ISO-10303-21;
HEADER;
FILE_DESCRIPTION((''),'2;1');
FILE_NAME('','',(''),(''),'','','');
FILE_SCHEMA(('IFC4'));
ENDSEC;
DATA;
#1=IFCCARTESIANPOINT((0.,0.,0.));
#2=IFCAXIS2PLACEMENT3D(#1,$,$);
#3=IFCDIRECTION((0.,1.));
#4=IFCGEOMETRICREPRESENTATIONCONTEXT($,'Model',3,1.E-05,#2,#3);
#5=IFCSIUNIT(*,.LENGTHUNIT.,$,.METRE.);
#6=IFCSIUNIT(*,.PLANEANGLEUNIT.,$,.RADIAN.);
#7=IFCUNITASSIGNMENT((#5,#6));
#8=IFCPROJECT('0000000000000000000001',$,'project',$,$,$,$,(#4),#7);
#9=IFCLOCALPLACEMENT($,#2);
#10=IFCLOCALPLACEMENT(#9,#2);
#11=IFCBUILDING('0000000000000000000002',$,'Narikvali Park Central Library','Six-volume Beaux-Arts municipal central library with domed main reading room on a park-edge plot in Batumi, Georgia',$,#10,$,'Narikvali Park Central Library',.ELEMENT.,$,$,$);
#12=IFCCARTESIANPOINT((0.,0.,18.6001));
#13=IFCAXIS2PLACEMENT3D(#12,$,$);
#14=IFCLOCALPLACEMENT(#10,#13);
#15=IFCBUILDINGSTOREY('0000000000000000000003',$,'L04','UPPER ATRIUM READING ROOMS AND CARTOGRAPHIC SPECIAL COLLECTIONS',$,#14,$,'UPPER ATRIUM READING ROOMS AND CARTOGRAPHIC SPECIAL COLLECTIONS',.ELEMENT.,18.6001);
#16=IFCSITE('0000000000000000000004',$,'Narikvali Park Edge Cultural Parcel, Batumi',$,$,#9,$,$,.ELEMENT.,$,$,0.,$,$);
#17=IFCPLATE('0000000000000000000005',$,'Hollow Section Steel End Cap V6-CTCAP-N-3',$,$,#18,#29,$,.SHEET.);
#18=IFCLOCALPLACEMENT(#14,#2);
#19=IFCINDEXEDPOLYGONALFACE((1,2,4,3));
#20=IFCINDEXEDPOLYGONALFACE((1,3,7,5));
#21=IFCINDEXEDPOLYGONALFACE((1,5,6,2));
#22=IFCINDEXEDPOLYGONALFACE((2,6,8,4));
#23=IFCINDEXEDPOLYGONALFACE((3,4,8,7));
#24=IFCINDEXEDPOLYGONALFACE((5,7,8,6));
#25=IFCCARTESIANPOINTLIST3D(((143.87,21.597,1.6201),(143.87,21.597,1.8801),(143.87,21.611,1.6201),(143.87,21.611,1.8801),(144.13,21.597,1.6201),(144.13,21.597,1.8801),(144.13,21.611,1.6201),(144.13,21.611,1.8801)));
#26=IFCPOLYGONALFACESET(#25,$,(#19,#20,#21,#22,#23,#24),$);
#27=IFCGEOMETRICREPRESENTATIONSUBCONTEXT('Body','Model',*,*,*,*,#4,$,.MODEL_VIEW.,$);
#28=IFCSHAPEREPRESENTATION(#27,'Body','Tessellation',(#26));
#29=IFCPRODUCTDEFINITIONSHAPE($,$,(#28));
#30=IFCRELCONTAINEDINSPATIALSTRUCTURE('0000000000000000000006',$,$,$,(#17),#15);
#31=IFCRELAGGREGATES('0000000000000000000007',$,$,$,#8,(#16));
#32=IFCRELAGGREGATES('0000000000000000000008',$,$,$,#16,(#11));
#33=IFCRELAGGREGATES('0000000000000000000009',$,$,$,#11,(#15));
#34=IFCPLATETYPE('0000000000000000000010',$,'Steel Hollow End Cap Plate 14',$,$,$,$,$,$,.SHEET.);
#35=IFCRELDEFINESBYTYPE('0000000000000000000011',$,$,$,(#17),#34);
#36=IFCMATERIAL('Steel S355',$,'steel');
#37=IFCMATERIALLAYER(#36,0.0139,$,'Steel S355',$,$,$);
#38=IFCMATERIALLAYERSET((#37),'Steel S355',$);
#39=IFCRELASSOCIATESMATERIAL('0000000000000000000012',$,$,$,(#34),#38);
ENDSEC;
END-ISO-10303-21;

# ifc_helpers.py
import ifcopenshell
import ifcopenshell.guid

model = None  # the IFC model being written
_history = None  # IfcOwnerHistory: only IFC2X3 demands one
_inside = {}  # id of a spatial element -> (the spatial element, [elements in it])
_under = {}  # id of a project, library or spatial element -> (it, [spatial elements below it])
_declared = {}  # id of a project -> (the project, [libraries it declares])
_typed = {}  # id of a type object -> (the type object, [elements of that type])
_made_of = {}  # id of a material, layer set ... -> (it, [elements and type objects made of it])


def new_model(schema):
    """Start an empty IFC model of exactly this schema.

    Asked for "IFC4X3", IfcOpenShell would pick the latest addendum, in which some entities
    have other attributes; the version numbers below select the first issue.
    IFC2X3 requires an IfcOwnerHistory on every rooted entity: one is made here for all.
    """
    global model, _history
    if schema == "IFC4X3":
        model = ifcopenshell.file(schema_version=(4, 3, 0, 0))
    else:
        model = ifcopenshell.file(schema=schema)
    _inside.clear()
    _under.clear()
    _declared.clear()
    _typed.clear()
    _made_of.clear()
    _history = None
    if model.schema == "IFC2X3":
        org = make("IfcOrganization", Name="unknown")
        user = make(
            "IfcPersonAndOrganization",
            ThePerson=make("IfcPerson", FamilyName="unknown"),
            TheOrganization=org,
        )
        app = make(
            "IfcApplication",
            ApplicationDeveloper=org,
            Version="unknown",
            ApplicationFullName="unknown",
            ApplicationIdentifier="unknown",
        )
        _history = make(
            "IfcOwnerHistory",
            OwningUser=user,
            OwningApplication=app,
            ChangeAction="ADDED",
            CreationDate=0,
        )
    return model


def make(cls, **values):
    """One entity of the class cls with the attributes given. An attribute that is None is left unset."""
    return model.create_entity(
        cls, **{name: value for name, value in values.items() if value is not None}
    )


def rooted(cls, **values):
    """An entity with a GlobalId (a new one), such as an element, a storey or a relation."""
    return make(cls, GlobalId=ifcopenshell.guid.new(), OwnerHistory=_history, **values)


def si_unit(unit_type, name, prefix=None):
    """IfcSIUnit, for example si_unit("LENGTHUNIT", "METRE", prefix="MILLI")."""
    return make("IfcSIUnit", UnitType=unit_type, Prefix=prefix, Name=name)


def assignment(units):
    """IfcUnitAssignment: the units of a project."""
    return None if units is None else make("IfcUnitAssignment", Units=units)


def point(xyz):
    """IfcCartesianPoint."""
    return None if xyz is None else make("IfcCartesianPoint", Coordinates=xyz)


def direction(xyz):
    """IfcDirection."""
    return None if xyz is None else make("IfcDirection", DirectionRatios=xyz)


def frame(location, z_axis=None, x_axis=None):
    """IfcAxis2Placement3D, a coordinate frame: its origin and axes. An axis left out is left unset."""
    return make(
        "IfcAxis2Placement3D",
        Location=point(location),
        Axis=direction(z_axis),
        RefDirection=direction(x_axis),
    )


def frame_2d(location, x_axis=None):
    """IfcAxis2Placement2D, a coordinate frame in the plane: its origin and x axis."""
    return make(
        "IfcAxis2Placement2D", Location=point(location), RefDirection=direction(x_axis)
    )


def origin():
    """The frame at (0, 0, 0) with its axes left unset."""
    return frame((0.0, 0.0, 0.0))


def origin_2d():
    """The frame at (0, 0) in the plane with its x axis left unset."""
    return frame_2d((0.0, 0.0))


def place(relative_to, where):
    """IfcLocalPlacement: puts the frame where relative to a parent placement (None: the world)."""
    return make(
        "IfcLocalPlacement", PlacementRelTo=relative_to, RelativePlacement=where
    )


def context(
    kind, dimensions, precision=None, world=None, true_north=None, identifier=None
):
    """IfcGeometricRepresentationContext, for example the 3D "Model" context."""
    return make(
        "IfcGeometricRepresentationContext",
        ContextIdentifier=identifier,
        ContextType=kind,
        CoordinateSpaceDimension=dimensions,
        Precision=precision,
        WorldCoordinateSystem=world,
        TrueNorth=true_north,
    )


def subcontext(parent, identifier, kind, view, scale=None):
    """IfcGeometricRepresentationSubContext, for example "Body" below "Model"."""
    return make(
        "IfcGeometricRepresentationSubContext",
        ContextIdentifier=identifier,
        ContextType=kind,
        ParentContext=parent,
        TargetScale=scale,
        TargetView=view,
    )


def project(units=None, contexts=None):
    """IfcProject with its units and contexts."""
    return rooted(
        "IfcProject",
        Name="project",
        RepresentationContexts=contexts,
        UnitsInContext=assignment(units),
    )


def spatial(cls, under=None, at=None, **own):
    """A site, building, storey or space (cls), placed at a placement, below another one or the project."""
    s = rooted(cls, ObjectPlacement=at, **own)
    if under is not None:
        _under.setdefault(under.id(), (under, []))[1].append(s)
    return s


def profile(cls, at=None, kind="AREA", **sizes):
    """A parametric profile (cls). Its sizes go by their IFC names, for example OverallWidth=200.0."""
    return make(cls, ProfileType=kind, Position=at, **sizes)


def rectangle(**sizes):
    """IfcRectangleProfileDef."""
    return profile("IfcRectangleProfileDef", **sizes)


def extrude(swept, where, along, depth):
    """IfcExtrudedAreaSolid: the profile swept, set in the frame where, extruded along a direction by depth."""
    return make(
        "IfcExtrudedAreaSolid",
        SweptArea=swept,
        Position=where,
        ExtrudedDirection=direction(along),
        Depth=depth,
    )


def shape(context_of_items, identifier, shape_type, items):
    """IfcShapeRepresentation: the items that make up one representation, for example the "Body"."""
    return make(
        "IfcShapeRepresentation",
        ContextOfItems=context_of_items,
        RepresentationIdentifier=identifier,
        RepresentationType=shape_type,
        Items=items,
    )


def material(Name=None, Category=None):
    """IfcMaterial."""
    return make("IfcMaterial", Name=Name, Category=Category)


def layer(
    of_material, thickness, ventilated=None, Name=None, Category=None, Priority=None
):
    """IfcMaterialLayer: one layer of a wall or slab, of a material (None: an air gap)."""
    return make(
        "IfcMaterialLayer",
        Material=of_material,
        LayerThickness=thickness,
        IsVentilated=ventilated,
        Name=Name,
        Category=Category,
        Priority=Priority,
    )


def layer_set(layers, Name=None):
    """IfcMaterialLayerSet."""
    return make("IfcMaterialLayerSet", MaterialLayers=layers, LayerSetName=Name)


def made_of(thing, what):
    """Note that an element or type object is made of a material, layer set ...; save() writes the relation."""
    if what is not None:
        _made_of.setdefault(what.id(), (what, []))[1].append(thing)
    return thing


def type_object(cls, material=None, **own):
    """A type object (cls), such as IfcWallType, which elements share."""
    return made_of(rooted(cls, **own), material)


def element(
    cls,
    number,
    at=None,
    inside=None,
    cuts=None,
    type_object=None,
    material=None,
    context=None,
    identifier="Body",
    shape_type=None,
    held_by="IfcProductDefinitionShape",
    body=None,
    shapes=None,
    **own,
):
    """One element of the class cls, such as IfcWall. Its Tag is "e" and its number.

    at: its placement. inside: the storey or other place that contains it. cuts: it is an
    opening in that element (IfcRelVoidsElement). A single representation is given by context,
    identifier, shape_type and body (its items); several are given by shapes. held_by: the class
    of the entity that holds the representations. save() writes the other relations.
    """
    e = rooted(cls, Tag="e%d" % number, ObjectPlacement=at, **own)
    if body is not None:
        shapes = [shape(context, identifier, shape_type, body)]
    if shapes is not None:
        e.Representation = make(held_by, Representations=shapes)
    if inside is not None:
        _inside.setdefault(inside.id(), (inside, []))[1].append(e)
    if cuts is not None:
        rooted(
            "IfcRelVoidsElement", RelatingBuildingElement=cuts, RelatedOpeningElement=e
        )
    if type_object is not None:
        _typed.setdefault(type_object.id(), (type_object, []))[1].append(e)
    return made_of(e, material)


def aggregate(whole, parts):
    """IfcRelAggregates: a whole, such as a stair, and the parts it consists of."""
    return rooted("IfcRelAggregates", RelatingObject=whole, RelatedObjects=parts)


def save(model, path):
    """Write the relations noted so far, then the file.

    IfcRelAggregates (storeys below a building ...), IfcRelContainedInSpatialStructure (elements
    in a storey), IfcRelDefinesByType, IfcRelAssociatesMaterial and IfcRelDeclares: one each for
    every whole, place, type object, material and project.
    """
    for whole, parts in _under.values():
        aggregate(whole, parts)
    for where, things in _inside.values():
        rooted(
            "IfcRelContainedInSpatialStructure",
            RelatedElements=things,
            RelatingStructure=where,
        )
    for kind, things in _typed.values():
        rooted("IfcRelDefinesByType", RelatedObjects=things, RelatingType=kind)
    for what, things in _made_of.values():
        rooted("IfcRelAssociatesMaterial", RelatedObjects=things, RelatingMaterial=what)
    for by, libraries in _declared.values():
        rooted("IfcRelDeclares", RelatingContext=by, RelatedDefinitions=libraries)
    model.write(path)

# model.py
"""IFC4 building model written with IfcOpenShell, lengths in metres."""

from ifc_helpers import new_model, si_unit, direction, frame, origin, origin_2d, place, context, subcontext, project, spatial, rectangle, extrude, material, layer, layer_set, type_object, element, save


model = new_model("IFC4")

# Units and contexts
model_context = context("Model", 3, precision=1e-05, world=origin(), true_north=direction((0.0, 1.0)))
body_context = subcontext(model_context, "Body", "Model", "MODEL_VIEW")
ifc_project = project(units=[si_unit("LENGTHUNIT", "METRE"), si_unit("PLANEANGLEUNIT", "RADIAN")], contexts=[model_context])

# Site, building, storey
site_placement = place(None, origin())
site = spatial("IfcSite", under=ifc_project, at=site_placement, Name="Narikvali Park Edge Cultural Parcel, Batumi", CompositionType="ELEMENT", RefElevation=0.0)
building_placement = place(site_placement, origin())
building = spatial("IfcBuilding", under=site, at=building_placement, Name="Narikvali Park Central Library", Description="Six-volume Beaux-Arts municipal central library with domed main reading room on a park-edge plot in Batumi, Georgia", LongName="Narikvali Park Central Library", CompositionType="ELEMENT")
storey_placement = place(building_placement, frame((0.0, 0.0, 18.6001)))
storey = spatial("IfcBuildingStorey", under=building, at=storey_placement, Name="L04", Description="UPPER ATRIUM READING ROOMS AND CARTOGRAPHIC SPECIAL COLLECTIONS", LongName="UPPER ATRIUM READING ROOMS AND CARTOGRAPHIC SPECIAL COLLECTIONS", CompositionType="ELEMENT", Elevation=18.6001)

# Shared definitions
ifc_material = material(Name="Steel S355", Category="steel")

# Plate
ifc_layer = layer(ifc_material, 0.0139, Name="Steel S355")
ifc_layer_set = layer_set([ifc_layer], Name="Steel S355")
plate_type = type_object("IfcPlateType", Name="Steel Hollow End Cap Plate 14", PredefinedType="SHEET", material=ifc_layer_set)
plate_1_placement = place(storey_placement, frame((144.0, 21.604, 1.6201), z_axis=(0.0, 0.0, 1.0), x_axis=(1.0, 0.0, 0.0)))
element("IfcPlate", 1, at=plate_1_placement, inside=storey, type_object=plate_type, Name="Hollow Section Steel End Cap V6-CTCAP-N-3", PredefinedType="SHEET", context=body_context, shape_type="SweptSolid", body=[
    extrude(rectangle(XDim=0.26, YDim=0.0139, at=origin_2d()), origin(), (0.0, 0.0, 1.0), 0.26),
])

save(model, "model.ifc")
